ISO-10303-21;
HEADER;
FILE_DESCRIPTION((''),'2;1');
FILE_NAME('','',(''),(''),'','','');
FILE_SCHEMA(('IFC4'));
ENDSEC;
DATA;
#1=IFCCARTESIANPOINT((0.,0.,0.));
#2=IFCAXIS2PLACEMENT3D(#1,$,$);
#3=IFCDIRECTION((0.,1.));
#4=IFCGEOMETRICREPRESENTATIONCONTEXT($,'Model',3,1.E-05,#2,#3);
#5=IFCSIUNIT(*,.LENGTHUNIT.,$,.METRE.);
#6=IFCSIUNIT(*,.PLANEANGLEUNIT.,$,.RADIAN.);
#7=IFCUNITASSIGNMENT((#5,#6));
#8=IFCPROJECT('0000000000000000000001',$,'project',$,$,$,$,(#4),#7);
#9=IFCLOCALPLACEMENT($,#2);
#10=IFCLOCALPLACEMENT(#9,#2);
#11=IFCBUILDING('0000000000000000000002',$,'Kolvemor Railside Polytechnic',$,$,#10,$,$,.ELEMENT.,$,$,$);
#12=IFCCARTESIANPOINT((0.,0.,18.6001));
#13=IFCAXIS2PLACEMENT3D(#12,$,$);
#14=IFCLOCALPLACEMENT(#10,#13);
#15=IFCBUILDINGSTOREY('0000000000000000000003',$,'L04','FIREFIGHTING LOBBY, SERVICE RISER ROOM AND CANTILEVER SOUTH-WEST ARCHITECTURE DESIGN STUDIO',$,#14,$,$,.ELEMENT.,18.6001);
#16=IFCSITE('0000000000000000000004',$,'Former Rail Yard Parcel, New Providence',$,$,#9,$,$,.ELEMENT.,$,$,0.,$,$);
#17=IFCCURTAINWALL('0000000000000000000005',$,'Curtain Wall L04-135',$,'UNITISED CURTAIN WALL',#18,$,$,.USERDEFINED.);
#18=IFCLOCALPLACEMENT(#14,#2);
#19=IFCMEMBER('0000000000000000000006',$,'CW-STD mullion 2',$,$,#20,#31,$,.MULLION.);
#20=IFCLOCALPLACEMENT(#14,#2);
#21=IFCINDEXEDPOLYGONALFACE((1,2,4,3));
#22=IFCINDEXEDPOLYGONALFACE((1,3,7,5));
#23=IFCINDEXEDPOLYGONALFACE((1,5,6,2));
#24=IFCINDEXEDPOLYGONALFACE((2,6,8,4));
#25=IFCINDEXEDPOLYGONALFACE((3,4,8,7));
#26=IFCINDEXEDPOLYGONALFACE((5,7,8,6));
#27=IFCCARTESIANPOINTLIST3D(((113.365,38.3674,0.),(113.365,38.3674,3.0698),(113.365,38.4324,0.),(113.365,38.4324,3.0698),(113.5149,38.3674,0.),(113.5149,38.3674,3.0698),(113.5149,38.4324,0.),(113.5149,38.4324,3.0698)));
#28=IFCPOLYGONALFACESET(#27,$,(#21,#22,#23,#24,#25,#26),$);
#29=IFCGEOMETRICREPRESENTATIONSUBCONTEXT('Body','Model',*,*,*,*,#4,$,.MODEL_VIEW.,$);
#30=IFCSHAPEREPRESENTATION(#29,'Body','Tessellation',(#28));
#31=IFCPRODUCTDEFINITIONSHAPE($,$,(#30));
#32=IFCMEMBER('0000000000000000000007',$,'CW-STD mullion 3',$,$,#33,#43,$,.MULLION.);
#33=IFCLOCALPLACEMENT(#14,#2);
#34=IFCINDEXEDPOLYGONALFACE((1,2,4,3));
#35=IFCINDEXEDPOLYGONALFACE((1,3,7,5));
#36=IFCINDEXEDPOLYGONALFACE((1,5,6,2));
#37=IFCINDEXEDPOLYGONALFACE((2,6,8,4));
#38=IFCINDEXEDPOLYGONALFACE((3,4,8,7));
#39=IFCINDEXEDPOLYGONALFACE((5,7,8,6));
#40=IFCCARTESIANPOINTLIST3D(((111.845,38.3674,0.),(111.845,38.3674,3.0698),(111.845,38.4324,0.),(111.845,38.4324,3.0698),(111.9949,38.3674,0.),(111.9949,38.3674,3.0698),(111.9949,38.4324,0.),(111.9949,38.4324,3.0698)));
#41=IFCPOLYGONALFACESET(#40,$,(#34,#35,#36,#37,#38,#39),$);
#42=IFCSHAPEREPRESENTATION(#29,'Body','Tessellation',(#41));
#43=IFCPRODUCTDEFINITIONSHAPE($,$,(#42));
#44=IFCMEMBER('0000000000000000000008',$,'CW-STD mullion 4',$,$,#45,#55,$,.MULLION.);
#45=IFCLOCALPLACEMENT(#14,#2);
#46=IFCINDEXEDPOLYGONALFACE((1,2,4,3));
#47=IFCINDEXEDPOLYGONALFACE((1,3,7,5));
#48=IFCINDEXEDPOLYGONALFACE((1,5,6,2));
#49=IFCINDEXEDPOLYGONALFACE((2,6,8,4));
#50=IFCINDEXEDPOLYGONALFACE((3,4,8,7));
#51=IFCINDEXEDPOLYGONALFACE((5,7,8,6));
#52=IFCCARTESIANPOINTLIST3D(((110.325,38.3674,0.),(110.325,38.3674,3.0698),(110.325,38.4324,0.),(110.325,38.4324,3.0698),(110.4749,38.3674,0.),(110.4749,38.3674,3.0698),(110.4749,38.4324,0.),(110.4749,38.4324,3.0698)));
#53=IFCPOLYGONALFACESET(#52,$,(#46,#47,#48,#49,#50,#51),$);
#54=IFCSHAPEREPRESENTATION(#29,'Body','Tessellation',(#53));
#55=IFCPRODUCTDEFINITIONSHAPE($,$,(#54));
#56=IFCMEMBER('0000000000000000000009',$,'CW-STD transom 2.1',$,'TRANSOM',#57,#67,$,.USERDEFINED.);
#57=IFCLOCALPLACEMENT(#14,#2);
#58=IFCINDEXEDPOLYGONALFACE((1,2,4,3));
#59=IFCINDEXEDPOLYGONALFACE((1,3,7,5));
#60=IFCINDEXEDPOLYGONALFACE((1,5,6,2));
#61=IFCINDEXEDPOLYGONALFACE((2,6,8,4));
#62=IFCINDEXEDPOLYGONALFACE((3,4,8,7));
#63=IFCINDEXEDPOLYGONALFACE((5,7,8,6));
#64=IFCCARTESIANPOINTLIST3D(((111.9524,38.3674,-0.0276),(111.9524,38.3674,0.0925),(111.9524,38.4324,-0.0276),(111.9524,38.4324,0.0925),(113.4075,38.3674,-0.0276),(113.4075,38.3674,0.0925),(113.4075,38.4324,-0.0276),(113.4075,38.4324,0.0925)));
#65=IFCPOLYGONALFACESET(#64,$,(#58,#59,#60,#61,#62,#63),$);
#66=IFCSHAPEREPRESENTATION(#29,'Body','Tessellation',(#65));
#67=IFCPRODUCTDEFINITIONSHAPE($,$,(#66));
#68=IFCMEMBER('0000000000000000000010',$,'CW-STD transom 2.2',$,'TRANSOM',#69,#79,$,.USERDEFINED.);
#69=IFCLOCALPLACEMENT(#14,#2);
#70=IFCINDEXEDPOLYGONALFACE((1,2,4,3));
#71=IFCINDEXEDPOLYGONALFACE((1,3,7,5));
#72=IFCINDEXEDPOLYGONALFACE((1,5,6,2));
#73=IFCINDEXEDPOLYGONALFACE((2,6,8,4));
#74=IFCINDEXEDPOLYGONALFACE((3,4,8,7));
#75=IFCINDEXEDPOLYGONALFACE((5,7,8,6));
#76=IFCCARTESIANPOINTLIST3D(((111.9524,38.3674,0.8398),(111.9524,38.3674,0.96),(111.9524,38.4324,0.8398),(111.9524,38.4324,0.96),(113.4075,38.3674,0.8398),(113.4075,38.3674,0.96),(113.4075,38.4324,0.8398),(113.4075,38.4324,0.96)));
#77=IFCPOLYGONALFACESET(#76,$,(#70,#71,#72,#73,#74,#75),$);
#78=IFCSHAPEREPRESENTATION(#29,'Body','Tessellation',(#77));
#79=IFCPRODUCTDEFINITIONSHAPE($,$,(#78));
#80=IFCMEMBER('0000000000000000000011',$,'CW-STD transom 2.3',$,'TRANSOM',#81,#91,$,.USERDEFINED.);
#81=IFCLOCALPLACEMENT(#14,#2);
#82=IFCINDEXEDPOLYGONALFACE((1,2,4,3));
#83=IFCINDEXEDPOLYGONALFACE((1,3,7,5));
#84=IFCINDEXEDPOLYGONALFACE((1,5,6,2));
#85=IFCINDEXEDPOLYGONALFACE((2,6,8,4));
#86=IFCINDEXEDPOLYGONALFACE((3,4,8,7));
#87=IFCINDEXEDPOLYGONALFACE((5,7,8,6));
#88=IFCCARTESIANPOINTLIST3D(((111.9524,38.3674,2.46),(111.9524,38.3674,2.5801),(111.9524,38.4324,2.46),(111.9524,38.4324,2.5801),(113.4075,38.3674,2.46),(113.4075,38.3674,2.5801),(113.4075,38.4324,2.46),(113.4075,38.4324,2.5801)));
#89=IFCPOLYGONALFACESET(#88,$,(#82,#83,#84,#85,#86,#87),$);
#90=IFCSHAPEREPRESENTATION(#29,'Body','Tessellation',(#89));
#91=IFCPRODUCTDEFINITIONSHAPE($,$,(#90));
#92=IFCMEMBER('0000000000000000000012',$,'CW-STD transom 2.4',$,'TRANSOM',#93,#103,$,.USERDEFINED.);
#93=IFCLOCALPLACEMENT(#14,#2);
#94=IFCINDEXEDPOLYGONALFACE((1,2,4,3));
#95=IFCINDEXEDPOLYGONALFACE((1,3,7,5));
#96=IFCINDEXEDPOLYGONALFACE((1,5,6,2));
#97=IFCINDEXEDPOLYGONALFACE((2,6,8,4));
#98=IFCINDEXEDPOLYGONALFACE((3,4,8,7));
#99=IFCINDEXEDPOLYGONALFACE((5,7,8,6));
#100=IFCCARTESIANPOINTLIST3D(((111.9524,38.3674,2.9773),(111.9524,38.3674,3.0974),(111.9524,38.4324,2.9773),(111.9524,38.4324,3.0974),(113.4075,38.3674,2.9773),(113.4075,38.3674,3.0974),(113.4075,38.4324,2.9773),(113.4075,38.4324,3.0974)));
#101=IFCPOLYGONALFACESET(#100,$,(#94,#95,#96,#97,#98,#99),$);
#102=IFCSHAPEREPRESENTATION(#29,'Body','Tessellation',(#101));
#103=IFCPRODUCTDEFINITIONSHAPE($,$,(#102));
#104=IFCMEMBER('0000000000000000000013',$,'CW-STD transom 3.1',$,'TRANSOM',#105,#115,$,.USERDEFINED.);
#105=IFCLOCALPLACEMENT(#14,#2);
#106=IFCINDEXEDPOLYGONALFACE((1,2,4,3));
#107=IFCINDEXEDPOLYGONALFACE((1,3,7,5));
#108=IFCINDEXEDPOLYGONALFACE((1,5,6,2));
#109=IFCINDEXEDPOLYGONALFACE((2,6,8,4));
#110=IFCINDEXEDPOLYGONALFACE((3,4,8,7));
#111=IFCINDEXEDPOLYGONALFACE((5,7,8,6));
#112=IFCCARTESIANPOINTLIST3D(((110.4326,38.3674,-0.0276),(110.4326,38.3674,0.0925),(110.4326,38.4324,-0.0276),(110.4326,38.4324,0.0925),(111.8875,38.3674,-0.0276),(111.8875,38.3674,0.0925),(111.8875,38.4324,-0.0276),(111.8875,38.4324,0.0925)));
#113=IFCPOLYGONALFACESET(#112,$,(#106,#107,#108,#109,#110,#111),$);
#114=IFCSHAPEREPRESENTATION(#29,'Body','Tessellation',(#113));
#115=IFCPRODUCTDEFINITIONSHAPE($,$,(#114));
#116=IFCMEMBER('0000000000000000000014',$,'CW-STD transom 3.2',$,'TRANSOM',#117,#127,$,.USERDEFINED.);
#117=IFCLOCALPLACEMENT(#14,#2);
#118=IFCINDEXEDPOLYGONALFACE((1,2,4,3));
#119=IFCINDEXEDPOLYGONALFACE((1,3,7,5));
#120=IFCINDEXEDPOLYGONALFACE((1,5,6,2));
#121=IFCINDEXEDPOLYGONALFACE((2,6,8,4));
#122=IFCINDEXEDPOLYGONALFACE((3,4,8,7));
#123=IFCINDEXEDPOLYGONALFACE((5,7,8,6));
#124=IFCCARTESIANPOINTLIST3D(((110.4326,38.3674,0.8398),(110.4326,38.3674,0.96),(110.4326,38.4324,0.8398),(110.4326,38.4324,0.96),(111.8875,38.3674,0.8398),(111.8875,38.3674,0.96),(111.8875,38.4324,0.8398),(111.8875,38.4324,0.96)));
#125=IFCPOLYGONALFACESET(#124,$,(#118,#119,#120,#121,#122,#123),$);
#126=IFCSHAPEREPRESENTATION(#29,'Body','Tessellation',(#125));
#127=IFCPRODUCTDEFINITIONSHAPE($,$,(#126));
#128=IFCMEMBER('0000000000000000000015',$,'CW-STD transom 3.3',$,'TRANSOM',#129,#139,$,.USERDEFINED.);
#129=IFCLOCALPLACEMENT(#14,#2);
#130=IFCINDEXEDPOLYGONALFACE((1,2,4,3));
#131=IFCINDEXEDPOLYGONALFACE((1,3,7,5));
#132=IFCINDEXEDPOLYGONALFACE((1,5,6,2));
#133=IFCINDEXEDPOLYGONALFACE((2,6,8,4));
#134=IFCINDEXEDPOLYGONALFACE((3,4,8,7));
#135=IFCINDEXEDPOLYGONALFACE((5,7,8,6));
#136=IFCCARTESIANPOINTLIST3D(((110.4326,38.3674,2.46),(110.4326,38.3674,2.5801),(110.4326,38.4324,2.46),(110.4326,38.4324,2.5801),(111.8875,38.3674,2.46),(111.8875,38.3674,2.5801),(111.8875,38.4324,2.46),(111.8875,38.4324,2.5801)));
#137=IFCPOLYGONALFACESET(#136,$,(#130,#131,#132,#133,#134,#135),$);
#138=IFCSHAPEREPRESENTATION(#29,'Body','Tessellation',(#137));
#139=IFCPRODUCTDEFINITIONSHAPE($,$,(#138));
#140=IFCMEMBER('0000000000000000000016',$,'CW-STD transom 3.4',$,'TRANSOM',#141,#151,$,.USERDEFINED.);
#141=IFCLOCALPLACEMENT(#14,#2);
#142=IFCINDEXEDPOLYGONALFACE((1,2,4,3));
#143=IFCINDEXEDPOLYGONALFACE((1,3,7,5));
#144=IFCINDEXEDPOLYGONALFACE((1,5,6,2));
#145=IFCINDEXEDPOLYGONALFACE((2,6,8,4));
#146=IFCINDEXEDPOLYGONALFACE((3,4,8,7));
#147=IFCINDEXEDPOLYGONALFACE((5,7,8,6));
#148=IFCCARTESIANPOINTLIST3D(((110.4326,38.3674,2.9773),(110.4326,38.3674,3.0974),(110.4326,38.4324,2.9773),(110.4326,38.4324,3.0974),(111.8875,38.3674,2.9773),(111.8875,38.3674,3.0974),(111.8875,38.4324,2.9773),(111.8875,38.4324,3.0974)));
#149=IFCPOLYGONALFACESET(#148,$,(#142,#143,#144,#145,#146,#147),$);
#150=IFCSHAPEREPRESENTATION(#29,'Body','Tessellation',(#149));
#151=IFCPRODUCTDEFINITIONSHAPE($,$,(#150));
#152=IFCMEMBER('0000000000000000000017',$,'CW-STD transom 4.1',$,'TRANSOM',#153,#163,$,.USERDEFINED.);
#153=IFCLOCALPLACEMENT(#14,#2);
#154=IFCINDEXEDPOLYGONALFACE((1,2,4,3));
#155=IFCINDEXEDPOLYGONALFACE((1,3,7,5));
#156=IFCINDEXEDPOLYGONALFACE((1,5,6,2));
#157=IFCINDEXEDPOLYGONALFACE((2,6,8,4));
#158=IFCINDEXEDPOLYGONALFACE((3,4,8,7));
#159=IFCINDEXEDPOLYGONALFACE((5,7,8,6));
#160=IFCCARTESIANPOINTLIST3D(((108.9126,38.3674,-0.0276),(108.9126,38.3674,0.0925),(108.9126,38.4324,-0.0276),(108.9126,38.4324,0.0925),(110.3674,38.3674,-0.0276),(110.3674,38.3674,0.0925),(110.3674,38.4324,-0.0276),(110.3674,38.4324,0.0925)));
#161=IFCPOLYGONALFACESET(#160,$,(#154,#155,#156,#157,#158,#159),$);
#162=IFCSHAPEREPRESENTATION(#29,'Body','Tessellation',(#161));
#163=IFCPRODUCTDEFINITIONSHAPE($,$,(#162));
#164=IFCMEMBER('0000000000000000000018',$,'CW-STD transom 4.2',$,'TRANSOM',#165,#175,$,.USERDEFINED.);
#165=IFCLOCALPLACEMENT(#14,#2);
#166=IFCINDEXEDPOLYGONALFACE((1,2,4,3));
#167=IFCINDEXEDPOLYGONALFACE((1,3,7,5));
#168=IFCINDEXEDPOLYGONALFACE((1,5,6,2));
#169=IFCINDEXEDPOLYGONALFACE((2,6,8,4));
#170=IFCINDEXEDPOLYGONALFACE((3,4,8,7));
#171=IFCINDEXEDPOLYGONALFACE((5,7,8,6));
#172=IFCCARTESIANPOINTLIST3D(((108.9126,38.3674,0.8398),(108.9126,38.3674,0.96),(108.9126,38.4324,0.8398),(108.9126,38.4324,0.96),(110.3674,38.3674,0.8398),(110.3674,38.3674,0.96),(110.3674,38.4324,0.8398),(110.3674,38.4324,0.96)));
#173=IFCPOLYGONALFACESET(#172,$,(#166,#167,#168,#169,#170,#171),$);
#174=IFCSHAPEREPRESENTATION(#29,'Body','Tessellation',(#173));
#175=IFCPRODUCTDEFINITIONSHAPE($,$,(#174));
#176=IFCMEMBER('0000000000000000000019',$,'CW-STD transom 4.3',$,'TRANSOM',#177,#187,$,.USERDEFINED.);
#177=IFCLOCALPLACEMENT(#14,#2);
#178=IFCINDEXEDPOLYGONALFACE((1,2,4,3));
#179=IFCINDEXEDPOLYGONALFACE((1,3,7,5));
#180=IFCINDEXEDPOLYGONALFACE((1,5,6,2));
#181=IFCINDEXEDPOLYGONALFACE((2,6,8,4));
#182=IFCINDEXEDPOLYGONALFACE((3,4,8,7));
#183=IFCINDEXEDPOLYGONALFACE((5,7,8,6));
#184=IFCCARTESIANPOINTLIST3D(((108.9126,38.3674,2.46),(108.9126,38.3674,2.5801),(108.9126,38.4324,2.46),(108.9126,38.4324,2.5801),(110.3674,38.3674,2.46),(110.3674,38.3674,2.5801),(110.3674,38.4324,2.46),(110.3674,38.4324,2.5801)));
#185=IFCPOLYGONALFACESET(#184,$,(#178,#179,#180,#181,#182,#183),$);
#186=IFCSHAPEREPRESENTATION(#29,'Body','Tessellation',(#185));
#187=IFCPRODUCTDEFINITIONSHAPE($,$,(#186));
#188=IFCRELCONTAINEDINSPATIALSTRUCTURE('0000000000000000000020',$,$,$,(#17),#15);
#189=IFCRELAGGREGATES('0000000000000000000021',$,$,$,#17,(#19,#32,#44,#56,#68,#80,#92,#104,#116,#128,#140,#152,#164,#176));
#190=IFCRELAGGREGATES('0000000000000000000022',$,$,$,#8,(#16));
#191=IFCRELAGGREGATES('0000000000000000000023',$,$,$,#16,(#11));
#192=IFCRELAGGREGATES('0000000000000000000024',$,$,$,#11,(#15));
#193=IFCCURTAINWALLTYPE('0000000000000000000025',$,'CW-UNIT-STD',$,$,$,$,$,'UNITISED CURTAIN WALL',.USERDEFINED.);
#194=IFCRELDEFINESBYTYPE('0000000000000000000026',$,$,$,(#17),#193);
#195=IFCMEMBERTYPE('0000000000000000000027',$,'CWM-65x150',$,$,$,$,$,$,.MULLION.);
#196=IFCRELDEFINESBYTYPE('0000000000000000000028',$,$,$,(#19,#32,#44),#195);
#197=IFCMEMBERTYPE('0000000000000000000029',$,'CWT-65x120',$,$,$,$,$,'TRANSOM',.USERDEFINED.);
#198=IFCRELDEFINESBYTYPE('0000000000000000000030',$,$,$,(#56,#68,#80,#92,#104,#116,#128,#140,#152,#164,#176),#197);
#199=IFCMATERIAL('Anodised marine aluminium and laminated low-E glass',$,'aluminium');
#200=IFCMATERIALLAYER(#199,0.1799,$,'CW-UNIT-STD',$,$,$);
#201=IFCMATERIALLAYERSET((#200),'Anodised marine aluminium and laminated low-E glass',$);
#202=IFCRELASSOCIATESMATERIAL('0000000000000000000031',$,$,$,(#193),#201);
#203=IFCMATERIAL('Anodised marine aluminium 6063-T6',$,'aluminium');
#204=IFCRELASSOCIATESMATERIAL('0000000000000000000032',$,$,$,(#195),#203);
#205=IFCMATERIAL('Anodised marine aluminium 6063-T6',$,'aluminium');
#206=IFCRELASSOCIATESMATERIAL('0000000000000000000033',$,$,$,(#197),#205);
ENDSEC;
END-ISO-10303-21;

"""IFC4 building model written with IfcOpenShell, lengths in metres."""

from ifc_helpers import new_model, si_unit, direction, frame, origin, origin_2d, place, context, subcontext, project, spatial, rectangle, extrude, material, layer, layer_set, material_profile, profile_set, type_object, element, aggregate, save


model = new_model("IFC4")

# Units and contexts
model_context = context("Model", 3, precision=1e-05, world=origin(), true_north=direction((0.0, 1.0)))
body_context = subcontext(model_context, "Body", "Model", "MODEL_VIEW")
ifc_project = project(units=[si_unit("LENGTHUNIT", "METRE"), si_unit("PLANEANGLEUNIT", "RADIAN")], contexts=[model_context])

# Site, building, storey
site_placement = place(None, origin())
site = spatial("IfcSite", under=ifc_project, at=site_placement, Name="Former Rail Yard Parcel, New Providence", CompositionType="ELEMENT", RefElevation=0.0)
building_placement = place(site_placement, origin())
building = spatial("IfcBuilding", under=site, at=building_placement, Name="Kolvemor Railside Polytechnic", CompositionType="ELEMENT")
storey_placement = place(building_placement, frame((0.0, 0.0, 18.6001)))
storey = spatial("IfcBuildingStorey", under=building, at=storey_placement, Name="L04", Description="FIREFIGHTING LOBBY, SERVICE RISER ROOM AND CANTILEVER SOUTH-WEST ARCHITECTURE DESIGN STUDIO", CompositionType="ELEMENT", Elevation=18.6001)

# Curtain wall, members
ifc_material_1 = material(Name="Anodised marine aluminium and laminated low-E glass", Category="aluminium")
ifc_layer_1 = layer(ifc_material_1, 0.1799, Name="CW-UNIT-STD")
ifc_layer_set_1 = layer_set([ifc_layer_1], Name="Anodised marine aluminium and laminated low-E glass")
curtain_wall_type = type_object("IfcCurtainWallType", Name="CW-UNIT-STD", ElementType="UNITISED CURTAIN WALL", PredefinedType="USERDEFINED", material=ifc_layer_set_1)
curtain_wall_placement = place(storey_placement, origin())
curtain_wall = element("IfcCurtainWall", 1, at=curtain_wall_placement, inside=storey, type_object=curtain_wall_type, Name="Curtain Wall L04-135", ObjectType="UNITISED CURTAIN WALL", PredefinedType="USERDEFINED")
ifc_material_2 = material(Name="Anodised marine aluminium 6063-T6", Category="aluminium")
ifc_material_profile_1 = material_profile(ifc_material_2, rectangle(XDim=0.0649, YDim=0.1499, at=origin_2d()), Name="CW-MUL-65x150")
ifc_profile_set_1 = profile_set([ifc_material_profile_1], Name="Anodised marine aluminium 6063-T6")
member_type_1 = type_object("IfcMemberType", Name="CWM-65x150", PredefinedType="MULLION", material=ifc_profile_set_1)
member_1_placement = place(storey_placement, frame((113.4399, 38.3999, 0.0), z_axis=(0.0, 0.0, 1.0), x_axis=(0.0, -1.0, 0.0)))
member_1 = element("IfcMember", 2, at=member_1_placement, type_object=member_type_1, Name="CW-STD mullion 2", PredefinedType="MULLION", context=body_context, shape_type="SweptSolid", body=[
    extrude(rectangle(XDim=0.0649, YDim=0.1499, at=origin_2d()), origin(), (0.0, 0.0, 1.0), 3.0698),
])
member_2_placement = place(storey_placement, frame((111.9199, 38.3999, 0.0), z_axis=(0.0, 0.0, 1.0), x_axis=(0.0, -1.0, 0.0)))
member_2 = element("IfcMember", 3, at=member_2_placement, type_object=member_type_1, Name="CW-STD mullion 3", PredefinedType="MULLION", context=body_context, shape_type="SweptSolid", body=[
    extrude(rectangle(XDim=0.0649, YDim=0.1499, at=origin_2d()), origin(), (0.0, 0.0, 1.0), 3.0698),
])
member_3_placement = place(storey_placement, frame((110.3999, 38.3999, 0.0), z_axis=(0.0, 0.0, 1.0), x_axis=(0.0, -1.0, 0.0)))
member_3 = element("IfcMember", 4, at=member_3_placement, type_object=member_type_1, Name="CW-STD mullion 4", PredefinedType="MULLION", context=body_context, shape_type="SweptSolid", body=[
    extrude(rectangle(XDim=0.0649, YDim=0.1499, at=origin_2d()), origin(), (0.0, 0.0, 1.0), 3.0698),
])
ifc_material_3 = material(Name="Anodised marine aluminium 6063-T6", Category="aluminium")
ifc_material_profile_2 = material_profile(ifc_material_3, rectangle(XDim=0.0649, YDim=0.1201, at=origin_2d()), Name="CW-TRN-65x120")
ifc_profile_set_2 = profile_set([ifc_material_profile_2], Name="Anodised marine aluminium 6063-T6")
member_type_2 = type_object("IfcMemberType", Name="CWT-65x120", ElementType="TRANSOM", PredefinedType="USERDEFINED", material=ifc_profile_set_2)
member_4_placement = place(storey_placement, frame((113.4075, 38.3999, 0.0325), z_axis=(-1.0, 0.0, 0.0), x_axis=(0.0, -1.0, 0.0)))
member_4 = element("IfcMember", 5, at=member_4_placement, type_object=member_type_2, Name="CW-STD transom 2.1", ObjectType="TRANSOM", PredefinedType="USERDEFINED", context=body_context, shape_type="SweptSolid", body=[
    extrude(rectangle(XDim=0.0649, YDim=0.1201, at=origin_2d()), origin(), (0.0, 0.0, 1.0), 1.4551),
])
member_5_placement = place(storey_placement, frame((113.4075, 38.3999, 0.8999), z_axis=(-1.0, 0.0, 0.0), x_axis=(0.0, -1.0, 0.0)))
member_5 = element("IfcMember", 6, at=member_5_placement, type_object=member_type_2, Name="CW-STD transom 2.2", ObjectType="TRANSOM", PredefinedType="USERDEFINED", context=body_context, shape_type="SweptSolid", body=[
    extrude(rectangle(XDim=0.0649, YDim=0.1201, at=origin_2d()), origin(), (0.0, 0.0, 1.0), 1.4551),
])
member_6_placement = place(storey_placement, frame((113.4075, 38.3999, 2.52), z_axis=(-1.0, 0.0, 0.0), x_axis=(0.0, -1.0, 0.0)))
member_6 = element("IfcMember", 7, at=member_6_placement, type_object=member_type_2, Name="CW-STD transom 2.3", ObjectType="TRANSOM", PredefinedType="USERDEFINED", context=body_context, shape_type="SweptSolid", body=[
    extrude(rectangle(XDim=0.0649, YDim=0.1201, at=origin_2d()), origin(), (0.0, 0.0, 1.0), 1.4551),
])
member_7_placement = place(storey_placement, frame((113.4075, 38.3999, 3.0374), z_axis=(-1.0, 0.0, 0.0), x_axis=(0.0, -1.0, 0.0)))
member_7 = element("IfcMember", 8, at=member_7_placement, type_object=member_type_2, Name="CW-STD transom 2.4", ObjectType="TRANSOM", PredefinedType="USERDEFINED", context=body_context, shape_type="SweptSolid", body=[
    extrude(rectangle(XDim=0.0649, YDim=0.1201, at=origin_2d()), origin(), (0.0, 0.0, 1.0), 1.4551),
])
member_8_placement = place(storey_placement, frame((111.8875, 38.3999, 0.0325), z_axis=(-1.0, 0.0, 0.0), x_axis=(0.0, -1.0, 0.0)))
member_8 = element("IfcMember", 9, at=member_8_placement, type_object=member_type_2, Name="CW-STD transom 3.1", ObjectType="TRANSOM", PredefinedType="USERDEFINED", context=body_context, shape_type="SweptSolid", body=[
    extrude(rectangle(XDim=0.0649, YDim=0.1201, at=origin_2d()), origin(), (0.0, 0.0, 1.0), 1.4548),
])
member_9_placement = place(storey_placement, frame((111.8875, 38.3999, 0.8999), z_axis=(-1.0, 0.0, 0.0), x_axis=(0.0, -1.0, 0.0)))
member_9 = element("IfcMember", 10, at=member_9_placement, type_object=member_type_2, Name="CW-STD transom 3.2", ObjectType="TRANSOM", PredefinedType="USERDEFINED", context=body_context, shape_type="SweptSolid", body=[
    extrude(rectangle(XDim=0.0649, YDim=0.1201, at=origin_2d()), origin(), (0.0, 0.0, 1.0), 1.4548),
])
member_10_placement = place(storey_placement, frame((111.8875, 38.3999, 2.52), z_axis=(-1.0, 0.0, 0.0), x_axis=(0.0, -1.0, 0.0)))
member_10 = element("IfcMember", 11, at=member_10_placement, type_object=member_type_2, Name="CW-STD transom 3.3", ObjectType="TRANSOM", PredefinedType="USERDEFINED", context=body_context, shape_type="SweptSolid", body=[
    extrude(rectangle(XDim=0.0649, YDim=0.1201, at=origin_2d()), origin(), (0.0, 0.0, 1.0), 1.4548),
])
member_11_placement = place(storey_placement, frame((111.8875, 38.3999, 3.0374), z_axis=(-1.0, 0.0, 0.0), x_axis=(0.0, -1.0, 0.0)))
member_11 = element("IfcMember", 12, at=member_11_placement, type_object=member_type_2, Name="CW-STD transom 3.4", ObjectType="TRANSOM", PredefinedType="USERDEFINED", context=body_context, shape_type="SweptSolid", body=[
    extrude(rectangle(XDim=0.0649, YDim=0.1201, at=origin_2d()), origin(), (0.0, 0.0, 1.0), 1.4548),
])
member_12_placement = place(storey_placement, frame((110.3674, 38.3999, 0.0325), z_axis=(-1.0, 0.0, 0.0), x_axis=(0.0, -1.0, 0.0)))
member_12 = element("IfcMember", 13, at=member_12_placement, type_object=member_type_2, Name="CW-STD transom 4.1", ObjectType="TRANSOM", PredefinedType="USERDEFINED", context=body_context, shape_type="SweptSolid", body=[
    extrude(rectangle(XDim=0.0649, YDim=0.1201, at=origin_2d()), origin(), (0.0, 0.0, 1.0), 1.4548),
])
member_13_placement = place(storey_placement, frame((110.3674, 38.3999, 0.8999), z_axis=(-1.0, 0.0, 0.0), x_axis=(0.0, -1.0, 0.0)))
member_13 = element("IfcMember", 14, at=member_13_placement, type_object=member_type_2, Name="CW-STD transom 4.2", ObjectType="TRANSOM", PredefinedType="USERDEFINED", context=body_context, shape_type="SweptSolid", body=[
    extrude(rectangle(XDim=0.0649, YDim=0.1201, at=origin_2d()), origin(), (0.0, 0.0, 1.0), 1.4548),
])
member_14_placement = place(storey_placement, frame((110.3674, 38.3999, 2.52), z_axis=(-1.0, 0.0, 0.0), x_axis=(0.0, -1.0, 0.0)))
member_14 = element("IfcMember", 15, at=member_14_placement, type_object=member_type_2, Name="CW-STD transom 4.3", ObjectType="TRANSOM", PredefinedType="USERDEFINED", context=body_context, shape_type="SweptSolid", body=[
    extrude(rectangle(XDim=0.0649, YDim=0.1201, at=origin_2d()), origin(), (0.0, 0.0, 1.0), 1.4548),
])
aggregate(curtain_wall, [member_1, member_2, member_3, member_4, member_5, member_6, member_7, member_8, member_9, member_10, member_11, member_12, member_13, member_14])

save(model, "model.ifc")
